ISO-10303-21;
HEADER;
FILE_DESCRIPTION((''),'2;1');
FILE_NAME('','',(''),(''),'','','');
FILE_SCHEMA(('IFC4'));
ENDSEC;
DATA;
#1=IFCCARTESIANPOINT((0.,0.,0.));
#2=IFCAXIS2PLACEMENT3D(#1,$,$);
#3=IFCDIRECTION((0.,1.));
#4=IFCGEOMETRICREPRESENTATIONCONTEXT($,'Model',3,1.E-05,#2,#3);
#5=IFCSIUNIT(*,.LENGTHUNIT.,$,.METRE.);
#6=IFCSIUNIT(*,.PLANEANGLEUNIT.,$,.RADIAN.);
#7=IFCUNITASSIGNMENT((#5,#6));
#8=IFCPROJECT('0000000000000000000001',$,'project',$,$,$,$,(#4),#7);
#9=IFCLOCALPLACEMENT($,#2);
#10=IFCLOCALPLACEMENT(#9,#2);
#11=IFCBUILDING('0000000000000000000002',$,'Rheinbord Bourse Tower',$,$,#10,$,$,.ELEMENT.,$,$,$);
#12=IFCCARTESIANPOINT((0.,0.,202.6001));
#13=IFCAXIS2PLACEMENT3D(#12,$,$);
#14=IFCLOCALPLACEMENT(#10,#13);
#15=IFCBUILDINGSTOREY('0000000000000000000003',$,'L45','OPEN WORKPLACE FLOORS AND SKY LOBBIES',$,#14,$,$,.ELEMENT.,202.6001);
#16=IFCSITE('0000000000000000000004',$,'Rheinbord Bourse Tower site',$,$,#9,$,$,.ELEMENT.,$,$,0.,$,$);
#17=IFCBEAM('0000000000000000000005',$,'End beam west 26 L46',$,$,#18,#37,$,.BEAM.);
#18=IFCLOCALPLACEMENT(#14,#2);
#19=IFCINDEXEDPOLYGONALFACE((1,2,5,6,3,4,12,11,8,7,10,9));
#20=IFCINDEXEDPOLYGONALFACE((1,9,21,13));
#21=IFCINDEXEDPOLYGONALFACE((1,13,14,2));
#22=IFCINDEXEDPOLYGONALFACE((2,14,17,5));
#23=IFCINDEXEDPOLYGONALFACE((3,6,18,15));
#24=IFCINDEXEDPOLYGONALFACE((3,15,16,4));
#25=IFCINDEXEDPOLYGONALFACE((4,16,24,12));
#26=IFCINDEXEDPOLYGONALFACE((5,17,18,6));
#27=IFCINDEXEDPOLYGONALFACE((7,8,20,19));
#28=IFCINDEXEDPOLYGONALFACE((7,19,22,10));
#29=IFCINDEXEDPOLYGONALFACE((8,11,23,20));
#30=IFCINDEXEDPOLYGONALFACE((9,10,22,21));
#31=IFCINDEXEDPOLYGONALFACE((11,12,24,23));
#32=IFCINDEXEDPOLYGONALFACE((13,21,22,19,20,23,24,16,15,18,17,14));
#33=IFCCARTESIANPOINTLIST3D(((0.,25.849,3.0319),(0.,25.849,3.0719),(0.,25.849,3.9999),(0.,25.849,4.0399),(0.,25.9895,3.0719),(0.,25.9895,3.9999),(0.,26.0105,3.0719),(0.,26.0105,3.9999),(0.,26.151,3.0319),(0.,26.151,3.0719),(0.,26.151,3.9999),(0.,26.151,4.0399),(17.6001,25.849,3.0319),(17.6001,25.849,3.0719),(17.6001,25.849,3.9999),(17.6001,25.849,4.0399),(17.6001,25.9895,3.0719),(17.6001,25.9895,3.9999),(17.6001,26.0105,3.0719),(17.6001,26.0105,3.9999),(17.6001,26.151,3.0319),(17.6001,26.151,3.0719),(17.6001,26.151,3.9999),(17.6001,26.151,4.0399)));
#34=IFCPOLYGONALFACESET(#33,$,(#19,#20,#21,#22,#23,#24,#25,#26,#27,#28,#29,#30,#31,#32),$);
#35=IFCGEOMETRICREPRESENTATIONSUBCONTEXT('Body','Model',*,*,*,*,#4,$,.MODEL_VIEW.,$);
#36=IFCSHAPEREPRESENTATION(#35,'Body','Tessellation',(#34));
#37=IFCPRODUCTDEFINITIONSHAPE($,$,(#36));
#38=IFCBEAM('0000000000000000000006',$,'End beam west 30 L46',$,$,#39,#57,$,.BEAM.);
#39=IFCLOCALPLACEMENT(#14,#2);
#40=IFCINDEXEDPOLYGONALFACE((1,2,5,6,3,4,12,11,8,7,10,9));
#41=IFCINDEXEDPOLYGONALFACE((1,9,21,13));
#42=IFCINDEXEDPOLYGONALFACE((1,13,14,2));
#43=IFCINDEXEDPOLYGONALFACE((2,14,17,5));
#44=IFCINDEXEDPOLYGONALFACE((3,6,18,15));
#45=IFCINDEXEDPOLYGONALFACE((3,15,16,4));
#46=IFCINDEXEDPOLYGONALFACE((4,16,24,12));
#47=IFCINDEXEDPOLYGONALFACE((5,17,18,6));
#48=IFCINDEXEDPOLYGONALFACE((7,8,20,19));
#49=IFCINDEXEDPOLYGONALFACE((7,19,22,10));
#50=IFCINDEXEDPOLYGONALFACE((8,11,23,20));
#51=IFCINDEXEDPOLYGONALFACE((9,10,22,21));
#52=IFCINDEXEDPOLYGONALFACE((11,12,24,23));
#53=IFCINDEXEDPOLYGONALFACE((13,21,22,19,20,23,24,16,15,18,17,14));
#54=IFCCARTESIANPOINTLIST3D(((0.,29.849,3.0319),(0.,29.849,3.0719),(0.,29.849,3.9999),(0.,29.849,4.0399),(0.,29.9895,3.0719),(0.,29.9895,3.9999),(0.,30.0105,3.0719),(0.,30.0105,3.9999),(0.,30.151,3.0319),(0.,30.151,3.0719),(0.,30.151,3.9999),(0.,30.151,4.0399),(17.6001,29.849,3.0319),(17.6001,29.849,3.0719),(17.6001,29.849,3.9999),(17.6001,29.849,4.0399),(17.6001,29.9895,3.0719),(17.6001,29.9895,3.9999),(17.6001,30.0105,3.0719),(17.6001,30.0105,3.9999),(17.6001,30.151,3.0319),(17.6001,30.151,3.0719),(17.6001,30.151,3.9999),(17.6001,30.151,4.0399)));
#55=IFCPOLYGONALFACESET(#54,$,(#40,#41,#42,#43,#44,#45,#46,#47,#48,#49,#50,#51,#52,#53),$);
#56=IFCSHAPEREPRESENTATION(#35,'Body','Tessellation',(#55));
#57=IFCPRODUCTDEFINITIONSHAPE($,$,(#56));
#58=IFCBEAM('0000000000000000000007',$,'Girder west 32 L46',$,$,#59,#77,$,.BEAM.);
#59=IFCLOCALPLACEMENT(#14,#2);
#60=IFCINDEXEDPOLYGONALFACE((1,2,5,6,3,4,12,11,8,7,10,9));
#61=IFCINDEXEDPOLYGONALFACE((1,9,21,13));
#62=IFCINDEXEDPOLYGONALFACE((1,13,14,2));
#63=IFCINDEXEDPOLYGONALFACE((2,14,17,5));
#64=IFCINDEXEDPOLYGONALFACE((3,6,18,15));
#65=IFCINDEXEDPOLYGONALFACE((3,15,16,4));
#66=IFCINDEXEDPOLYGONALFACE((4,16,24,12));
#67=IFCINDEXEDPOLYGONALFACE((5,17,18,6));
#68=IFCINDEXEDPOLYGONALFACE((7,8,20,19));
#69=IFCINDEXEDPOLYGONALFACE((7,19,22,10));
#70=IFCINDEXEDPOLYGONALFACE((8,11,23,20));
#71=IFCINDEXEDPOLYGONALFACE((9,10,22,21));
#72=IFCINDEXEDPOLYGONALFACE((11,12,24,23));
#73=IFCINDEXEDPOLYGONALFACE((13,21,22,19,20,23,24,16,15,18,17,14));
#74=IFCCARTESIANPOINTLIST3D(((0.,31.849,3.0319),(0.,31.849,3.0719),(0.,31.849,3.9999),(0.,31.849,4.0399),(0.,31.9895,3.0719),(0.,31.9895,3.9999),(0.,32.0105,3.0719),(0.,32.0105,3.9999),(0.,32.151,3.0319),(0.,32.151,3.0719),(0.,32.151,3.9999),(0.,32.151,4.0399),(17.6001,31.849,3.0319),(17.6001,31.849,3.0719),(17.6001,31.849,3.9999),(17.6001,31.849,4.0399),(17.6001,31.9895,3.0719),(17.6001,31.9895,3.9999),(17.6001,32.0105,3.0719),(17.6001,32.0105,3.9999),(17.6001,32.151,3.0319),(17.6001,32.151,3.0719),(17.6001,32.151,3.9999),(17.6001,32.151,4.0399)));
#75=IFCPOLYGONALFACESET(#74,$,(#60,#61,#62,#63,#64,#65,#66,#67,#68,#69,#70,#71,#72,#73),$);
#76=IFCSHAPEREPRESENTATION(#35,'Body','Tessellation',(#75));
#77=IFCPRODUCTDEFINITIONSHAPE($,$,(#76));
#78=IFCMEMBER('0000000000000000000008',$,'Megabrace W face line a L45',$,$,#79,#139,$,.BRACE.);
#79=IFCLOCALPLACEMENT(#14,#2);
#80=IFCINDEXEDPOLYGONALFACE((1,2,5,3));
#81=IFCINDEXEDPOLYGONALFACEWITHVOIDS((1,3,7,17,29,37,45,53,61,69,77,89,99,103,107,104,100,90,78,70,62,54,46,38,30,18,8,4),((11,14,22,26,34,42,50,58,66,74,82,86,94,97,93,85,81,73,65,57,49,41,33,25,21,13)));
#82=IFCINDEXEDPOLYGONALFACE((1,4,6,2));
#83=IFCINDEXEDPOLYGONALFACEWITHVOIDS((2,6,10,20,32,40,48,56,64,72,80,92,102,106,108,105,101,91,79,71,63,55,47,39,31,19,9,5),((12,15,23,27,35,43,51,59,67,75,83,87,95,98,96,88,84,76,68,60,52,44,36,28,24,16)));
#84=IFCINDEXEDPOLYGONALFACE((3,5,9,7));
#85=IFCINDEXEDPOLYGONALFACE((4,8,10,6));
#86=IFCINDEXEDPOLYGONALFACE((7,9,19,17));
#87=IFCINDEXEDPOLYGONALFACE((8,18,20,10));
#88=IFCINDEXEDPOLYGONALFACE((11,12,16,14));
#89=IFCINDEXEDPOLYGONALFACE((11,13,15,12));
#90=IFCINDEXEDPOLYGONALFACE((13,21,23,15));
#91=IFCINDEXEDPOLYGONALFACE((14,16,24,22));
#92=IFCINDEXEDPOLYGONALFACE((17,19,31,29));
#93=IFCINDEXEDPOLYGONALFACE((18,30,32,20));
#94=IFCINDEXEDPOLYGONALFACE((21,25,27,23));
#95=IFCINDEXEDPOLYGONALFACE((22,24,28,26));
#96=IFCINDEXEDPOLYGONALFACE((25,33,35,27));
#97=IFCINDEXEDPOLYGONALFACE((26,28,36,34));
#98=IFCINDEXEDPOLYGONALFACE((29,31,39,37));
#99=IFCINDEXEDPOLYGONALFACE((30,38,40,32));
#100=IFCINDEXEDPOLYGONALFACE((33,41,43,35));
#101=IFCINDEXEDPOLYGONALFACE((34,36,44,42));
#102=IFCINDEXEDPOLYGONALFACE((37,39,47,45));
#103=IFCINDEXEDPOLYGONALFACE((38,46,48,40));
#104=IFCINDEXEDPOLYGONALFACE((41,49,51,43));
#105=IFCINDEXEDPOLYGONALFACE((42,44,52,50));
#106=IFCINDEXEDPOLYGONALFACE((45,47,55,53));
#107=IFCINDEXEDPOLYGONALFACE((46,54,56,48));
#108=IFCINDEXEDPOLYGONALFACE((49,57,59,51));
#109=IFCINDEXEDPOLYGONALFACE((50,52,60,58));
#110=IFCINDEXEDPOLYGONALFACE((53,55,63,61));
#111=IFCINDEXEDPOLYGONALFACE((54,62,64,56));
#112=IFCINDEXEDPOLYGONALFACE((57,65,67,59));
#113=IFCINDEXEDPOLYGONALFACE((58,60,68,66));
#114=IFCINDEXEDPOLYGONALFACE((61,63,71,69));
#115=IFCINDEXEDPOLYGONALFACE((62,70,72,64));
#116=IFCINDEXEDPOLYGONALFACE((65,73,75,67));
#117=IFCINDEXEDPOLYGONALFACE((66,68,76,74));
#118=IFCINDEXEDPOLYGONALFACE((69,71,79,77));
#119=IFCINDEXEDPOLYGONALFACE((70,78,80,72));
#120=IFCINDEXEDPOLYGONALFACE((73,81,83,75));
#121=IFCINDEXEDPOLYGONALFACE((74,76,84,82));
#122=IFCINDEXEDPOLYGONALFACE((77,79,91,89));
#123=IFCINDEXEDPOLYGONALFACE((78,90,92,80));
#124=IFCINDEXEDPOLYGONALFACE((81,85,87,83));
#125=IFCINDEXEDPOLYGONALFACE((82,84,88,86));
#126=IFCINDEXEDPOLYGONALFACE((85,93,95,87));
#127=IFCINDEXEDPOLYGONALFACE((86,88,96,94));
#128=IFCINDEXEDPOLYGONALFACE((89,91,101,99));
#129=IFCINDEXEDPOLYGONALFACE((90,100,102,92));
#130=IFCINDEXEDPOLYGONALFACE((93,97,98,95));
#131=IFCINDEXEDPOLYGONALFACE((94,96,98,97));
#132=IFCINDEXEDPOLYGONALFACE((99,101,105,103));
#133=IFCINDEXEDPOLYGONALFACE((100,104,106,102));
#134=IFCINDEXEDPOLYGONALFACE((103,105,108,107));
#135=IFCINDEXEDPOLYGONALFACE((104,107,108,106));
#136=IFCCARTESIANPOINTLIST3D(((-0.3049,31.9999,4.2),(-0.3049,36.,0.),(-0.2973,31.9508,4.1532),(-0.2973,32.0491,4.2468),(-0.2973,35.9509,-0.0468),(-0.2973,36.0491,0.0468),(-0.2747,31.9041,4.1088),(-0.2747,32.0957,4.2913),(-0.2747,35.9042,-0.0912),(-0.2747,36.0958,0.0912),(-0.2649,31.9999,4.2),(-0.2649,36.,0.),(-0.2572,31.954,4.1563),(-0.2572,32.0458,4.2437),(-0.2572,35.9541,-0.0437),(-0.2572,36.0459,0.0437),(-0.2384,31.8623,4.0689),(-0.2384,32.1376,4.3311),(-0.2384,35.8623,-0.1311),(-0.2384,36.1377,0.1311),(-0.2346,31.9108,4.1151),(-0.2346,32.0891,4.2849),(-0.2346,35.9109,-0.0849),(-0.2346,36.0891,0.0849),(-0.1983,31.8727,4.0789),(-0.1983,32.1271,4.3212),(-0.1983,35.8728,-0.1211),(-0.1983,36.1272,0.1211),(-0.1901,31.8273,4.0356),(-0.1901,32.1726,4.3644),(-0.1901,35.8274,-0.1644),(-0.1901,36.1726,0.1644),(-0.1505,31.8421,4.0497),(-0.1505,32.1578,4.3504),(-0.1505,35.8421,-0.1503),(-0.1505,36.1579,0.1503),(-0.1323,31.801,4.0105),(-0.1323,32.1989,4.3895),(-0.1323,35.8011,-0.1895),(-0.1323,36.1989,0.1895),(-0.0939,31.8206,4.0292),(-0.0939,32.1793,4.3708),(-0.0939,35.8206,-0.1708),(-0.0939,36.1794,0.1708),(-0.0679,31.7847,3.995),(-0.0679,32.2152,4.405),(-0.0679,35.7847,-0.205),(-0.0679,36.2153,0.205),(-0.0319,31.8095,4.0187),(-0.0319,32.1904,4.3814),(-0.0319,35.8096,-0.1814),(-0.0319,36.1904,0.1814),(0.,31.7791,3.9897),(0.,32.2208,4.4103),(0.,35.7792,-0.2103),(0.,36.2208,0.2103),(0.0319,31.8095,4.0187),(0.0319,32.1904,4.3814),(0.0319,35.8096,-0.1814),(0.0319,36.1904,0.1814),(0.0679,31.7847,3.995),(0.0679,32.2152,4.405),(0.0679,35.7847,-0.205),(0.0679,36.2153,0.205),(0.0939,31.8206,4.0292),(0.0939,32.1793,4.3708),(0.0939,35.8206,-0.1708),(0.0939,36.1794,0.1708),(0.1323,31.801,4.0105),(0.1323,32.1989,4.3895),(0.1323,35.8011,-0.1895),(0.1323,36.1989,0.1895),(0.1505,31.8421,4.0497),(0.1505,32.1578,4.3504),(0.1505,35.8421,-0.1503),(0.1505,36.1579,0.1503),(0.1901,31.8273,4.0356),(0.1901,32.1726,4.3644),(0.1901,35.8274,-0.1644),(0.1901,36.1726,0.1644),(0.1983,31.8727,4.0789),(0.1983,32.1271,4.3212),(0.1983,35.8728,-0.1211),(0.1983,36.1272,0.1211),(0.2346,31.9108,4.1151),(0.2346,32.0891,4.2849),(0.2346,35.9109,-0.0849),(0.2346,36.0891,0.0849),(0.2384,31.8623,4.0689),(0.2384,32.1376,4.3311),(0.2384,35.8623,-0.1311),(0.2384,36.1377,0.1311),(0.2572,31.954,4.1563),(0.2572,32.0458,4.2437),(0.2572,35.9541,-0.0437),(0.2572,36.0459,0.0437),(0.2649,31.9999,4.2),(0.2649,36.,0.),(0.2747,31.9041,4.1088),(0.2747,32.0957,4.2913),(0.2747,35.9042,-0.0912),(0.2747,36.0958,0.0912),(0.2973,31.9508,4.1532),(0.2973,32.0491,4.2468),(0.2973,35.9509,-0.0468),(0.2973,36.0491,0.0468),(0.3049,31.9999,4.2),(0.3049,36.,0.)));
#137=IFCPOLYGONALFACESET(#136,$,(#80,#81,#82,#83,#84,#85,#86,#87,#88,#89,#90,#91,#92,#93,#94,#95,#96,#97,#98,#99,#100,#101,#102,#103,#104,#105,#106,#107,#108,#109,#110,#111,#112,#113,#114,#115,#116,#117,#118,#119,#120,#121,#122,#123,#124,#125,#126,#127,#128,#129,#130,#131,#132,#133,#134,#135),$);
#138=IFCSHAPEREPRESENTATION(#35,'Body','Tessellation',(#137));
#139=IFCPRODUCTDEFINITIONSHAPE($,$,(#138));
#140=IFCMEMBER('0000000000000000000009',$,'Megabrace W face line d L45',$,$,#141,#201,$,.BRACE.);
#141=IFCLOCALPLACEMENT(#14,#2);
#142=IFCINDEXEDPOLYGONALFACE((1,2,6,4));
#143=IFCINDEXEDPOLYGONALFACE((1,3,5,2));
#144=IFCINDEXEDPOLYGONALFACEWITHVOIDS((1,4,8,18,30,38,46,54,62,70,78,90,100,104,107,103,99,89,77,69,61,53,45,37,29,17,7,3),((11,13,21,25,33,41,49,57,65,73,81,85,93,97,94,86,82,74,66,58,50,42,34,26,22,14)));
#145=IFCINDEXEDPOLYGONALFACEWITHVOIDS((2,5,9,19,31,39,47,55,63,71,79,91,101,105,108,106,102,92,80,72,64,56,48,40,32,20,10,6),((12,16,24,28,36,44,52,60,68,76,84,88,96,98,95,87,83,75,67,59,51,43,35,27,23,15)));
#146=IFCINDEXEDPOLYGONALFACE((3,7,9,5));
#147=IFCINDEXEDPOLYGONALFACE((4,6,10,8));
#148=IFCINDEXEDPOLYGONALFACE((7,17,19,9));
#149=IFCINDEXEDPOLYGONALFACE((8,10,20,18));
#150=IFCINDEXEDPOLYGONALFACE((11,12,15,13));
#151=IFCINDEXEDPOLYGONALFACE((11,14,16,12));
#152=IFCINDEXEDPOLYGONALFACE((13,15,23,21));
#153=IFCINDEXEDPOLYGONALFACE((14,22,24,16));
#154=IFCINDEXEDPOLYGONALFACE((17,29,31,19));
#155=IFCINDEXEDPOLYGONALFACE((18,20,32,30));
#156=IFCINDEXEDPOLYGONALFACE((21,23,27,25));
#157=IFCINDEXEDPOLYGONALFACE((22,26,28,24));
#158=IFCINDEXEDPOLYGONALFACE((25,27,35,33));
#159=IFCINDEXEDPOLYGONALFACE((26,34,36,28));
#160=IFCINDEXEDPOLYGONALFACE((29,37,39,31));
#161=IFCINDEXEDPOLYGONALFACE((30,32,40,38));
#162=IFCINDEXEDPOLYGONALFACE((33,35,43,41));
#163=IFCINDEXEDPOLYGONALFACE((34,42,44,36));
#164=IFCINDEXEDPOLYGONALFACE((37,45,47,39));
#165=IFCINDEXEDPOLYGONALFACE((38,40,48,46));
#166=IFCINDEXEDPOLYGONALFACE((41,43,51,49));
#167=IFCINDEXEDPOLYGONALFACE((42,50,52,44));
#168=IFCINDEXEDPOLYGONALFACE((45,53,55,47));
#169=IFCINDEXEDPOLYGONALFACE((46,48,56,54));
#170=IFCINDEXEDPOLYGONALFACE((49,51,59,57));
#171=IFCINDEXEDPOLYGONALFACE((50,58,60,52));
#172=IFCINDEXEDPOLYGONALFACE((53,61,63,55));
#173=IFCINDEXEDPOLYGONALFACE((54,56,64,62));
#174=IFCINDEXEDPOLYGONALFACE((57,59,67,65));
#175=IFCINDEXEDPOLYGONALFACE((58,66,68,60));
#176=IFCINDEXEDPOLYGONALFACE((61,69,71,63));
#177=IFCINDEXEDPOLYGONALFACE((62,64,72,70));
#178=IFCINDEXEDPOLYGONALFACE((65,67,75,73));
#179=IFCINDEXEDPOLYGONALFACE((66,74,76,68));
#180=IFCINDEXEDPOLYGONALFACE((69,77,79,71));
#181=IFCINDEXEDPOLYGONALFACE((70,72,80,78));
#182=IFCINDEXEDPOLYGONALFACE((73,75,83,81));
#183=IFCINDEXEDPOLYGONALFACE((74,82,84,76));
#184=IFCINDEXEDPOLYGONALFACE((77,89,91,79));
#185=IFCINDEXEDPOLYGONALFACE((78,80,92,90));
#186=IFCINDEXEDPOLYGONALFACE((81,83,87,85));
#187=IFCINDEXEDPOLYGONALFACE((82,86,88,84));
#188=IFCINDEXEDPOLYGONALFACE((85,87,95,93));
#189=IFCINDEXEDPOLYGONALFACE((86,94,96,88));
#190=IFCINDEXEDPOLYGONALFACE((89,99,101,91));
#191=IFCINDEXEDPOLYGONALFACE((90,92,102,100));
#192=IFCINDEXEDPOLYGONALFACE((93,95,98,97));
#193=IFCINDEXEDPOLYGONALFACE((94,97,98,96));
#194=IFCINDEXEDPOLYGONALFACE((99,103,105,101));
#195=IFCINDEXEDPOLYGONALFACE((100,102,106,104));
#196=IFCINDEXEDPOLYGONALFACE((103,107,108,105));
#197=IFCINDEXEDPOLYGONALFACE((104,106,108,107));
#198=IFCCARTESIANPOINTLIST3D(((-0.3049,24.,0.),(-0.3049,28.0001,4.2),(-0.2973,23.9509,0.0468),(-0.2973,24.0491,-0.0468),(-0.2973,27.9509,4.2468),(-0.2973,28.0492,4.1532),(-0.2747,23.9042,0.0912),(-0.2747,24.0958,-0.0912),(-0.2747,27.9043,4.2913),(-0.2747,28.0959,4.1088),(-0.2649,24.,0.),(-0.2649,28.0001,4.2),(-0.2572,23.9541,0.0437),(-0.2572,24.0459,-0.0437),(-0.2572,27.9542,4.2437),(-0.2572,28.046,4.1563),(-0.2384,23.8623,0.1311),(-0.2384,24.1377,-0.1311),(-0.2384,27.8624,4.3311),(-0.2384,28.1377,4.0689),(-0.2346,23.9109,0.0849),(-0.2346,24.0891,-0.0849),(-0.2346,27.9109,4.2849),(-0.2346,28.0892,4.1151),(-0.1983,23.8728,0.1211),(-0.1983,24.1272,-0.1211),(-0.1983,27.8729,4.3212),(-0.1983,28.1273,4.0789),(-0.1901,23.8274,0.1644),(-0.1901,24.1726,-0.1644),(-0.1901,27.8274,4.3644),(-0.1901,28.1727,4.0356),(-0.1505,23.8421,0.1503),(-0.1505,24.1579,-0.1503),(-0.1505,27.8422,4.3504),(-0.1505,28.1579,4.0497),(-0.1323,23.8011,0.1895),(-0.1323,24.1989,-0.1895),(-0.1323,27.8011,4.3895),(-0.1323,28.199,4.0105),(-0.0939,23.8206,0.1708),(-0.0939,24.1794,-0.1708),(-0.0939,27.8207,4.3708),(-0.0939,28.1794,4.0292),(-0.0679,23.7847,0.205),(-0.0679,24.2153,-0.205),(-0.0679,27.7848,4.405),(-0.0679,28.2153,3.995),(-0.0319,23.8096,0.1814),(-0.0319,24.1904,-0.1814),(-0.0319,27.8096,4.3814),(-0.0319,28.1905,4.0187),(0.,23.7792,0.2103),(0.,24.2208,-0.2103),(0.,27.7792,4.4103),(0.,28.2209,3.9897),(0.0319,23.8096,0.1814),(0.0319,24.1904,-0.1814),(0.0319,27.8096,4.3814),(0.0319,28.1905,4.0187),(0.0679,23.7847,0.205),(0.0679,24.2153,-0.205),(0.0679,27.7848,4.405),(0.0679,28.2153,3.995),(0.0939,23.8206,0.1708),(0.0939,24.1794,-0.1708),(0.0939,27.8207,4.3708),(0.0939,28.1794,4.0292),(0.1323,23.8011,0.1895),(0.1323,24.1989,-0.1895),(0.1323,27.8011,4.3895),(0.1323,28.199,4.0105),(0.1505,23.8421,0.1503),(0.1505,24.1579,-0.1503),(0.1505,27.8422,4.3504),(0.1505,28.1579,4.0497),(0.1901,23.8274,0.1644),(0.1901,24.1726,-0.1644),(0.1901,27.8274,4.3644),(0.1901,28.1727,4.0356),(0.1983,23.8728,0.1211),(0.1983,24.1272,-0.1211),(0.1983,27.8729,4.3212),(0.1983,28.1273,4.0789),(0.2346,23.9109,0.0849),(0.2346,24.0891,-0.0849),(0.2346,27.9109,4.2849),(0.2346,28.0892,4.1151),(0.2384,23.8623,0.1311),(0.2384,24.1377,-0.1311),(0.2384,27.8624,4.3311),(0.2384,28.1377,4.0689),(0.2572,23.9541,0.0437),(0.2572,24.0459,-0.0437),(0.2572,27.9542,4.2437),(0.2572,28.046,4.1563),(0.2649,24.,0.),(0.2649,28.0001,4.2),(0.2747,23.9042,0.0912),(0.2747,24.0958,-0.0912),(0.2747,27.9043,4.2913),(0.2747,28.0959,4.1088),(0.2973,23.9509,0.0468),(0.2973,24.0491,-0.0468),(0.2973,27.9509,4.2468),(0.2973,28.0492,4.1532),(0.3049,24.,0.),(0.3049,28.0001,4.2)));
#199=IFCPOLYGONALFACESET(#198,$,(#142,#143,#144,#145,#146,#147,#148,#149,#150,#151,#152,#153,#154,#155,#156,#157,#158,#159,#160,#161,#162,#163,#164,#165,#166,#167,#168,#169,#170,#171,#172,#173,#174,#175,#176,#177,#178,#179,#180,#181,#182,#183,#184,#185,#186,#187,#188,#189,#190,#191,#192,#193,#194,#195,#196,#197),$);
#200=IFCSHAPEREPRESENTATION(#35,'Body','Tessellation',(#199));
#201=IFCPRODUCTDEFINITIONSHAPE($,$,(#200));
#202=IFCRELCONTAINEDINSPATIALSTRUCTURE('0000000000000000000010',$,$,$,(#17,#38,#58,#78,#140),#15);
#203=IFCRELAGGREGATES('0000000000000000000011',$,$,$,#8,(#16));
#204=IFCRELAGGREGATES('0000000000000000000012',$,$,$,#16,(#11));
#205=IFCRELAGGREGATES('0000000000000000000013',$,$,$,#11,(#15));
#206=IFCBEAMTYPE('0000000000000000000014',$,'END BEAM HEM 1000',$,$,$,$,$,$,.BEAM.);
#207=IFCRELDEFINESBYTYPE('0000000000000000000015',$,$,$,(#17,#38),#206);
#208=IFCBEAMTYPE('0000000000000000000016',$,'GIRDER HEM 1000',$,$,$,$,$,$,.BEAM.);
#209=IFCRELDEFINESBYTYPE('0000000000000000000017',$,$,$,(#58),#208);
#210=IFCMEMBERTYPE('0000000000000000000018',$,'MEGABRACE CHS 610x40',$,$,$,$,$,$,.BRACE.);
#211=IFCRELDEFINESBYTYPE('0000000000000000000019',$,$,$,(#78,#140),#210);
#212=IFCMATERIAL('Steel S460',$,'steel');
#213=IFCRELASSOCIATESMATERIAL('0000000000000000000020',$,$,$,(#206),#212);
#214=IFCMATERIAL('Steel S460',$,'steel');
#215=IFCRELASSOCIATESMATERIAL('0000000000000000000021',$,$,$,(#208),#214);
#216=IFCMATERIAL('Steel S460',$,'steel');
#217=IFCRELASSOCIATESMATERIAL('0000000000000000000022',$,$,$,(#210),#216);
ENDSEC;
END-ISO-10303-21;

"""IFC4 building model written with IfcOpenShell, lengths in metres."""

from ifc_helpers import new_model, si_unit, direction, frame, origin, origin_2d, place, context, subcontext, project, spatial, hollow_circle, i_section, extrude, material, material_profile, profile_set, type_object, element, save


model = new_model("IFC4")

# Units and contexts
model_context = context("Model", 3, precision=1e-05, world=origin(), true_north=direction((0.0, 1.0)))
body_context = subcontext(model_context, "Body", "Model", "MODEL_VIEW")
ifc_project = project(units=[si_unit("LENGTHUNIT", "METRE"), si_unit("PLANEANGLEUNIT", "RADIAN")], contexts=[model_context])

# Site, building, storey
site_placement = place(None, origin())
site = spatial("IfcSite", under=ifc_project, at=site_placement, Name="Rheinbord Bourse Tower site", CompositionType="ELEMENT", RefElevation=0.0)
building_placement = place(site_placement, origin())
building = spatial("IfcBuilding", under=site, at=building_placement, Name="Rheinbord Bourse Tower", CompositionType="ELEMENT")
storey_placement = place(building_placement, frame((0.0, 0.0, 202.6001)))
storey = spatial("IfcBuildingStorey", under=building, at=storey_placement, Name="L45", Description="OPEN WORKPLACE FLOORS AND SKY LOBBIES", CompositionType="ELEMENT", Elevation=202.6001)

# Beams
ifc_material_1 = material(Name="Steel S460", Category="steel")
ifc_material_profile_1 = material_profile(ifc_material_1, i_section(OverallWidth=0.302, OverallDepth=1.0081, WebThickness=0.021, FlangeThickness=0.04, at=origin_2d()), Name="HEM 1000")
ifc_profile_set_1 = profile_set([ifc_material_profile_1], Name="Steel S460")
beam_type_1 = type_object("IfcBeamType", Name="END BEAM HEM 1000", PredefinedType="BEAM", material=ifc_profile_set_1)
for number, where, z_axis, x_axis, name in (
    (1, (0.0, 26.0, 3.5359), (1.0, 0.0, 0.0), (0.0, 1.0, 0.0), "End beam west 26 L46"),
    (2, (0.0, 30.0, 3.5359), (1.0, 0.0, 0.0), (0.0, 1.0, 0.0), "End beam west 30 L46"),
):
    element("IfcBeam", number, at=place(storey_placement, frame(where, z_axis=z_axis, x_axis=x_axis)), inside=storey, type_object=beam_type_1, Name=name, PredefinedType="BEAM", context=body_context, shape_type="SweptSolid", body=[
        extrude(i_section(OverallWidth=0.302, OverallDepth=1.0081, WebThickness=0.021, FlangeThickness=0.04, at=origin_2d()), origin(), (0.0, 0.0, 1.0), 17.6001),
    ])
ifc_material_2 = material(Name="Steel S460", Category="steel")
ifc_material_profile_2 = material_profile(ifc_material_2, i_section(OverallWidth=0.302, OverallDepth=1.0081, WebThickness=0.021, FlangeThickness=0.04, at=origin_2d()), Name="HEM 1000")
ifc_profile_set_2 = profile_set([ifc_material_profile_2], Name="Steel S460")
beam_type_2 = type_object("IfcBeamType", Name="GIRDER HEM 1000", PredefinedType="BEAM", material=ifc_profile_set_2)
beam_placement = place(storey_placement, frame((0.0, 32.0, 3.5359), z_axis=(1.0, 0.0, 0.0), x_axis=(0.0, 1.0, 0.0)))
element("IfcBeam", 3, at=beam_placement, inside=storey, type_object=beam_type_2, Name="Girder west 32 L46", PredefinedType="BEAM", context=body_context, shape_type="SweptSolid", body=[
    extrude(i_section(OverallWidth=0.302, OverallDepth=1.0081, WebThickness=0.021, FlangeThickness=0.04, at=origin_2d()), origin(), (0.0, 0.0, 1.0), 17.6001),
])

# Members
ifc_material_3 = material(Name="Steel S460", Category="steel")
ifc_material_profile_3 = material_profile(ifc_material_3, hollow_circle(Radius=0.3049, WallThickness=0.04, at=origin_2d()), Name="CHS 610x40")
ifc_profile_set_3 = profile_set([ifc_material_profile_3], Name="Steel S460")
member_type_1 = type_object("IfcMemberType", Name="MEGABRACE CHS 610x40", PredefinedType="BRACE", material=ifc_profile_set_3)
for number, where, z_axis, x_axis, name in (
    (4, (0.0, 36.0, 0.0), (0.0, -0.689659, 0.724134), (1.0, 0.0, 0.0), "Megabrace W face line a L45"),
    (5, (0.0, 24.0, 0.0), (0.0, 0.689659, 0.724134), (-1.0, 0.0, 0.0), "Megabrace W face line d L45"),
):
    element("IfcMember", number, at=place(storey_placement, frame(where, z_axis=z_axis, x_axis=x_axis)), inside=storey, type_object=member_type_1, Name=name, PredefinedType="BRACE", context=body_context, shape_type="SweptSolid", body=[
        extrude(hollow_circle(Radius=0.3049, WallThickness=0.04, at=origin_2d()), origin(), (0.0, 0.0, 1.0), 5.8),
    ])

save(model, "model.ifc")
